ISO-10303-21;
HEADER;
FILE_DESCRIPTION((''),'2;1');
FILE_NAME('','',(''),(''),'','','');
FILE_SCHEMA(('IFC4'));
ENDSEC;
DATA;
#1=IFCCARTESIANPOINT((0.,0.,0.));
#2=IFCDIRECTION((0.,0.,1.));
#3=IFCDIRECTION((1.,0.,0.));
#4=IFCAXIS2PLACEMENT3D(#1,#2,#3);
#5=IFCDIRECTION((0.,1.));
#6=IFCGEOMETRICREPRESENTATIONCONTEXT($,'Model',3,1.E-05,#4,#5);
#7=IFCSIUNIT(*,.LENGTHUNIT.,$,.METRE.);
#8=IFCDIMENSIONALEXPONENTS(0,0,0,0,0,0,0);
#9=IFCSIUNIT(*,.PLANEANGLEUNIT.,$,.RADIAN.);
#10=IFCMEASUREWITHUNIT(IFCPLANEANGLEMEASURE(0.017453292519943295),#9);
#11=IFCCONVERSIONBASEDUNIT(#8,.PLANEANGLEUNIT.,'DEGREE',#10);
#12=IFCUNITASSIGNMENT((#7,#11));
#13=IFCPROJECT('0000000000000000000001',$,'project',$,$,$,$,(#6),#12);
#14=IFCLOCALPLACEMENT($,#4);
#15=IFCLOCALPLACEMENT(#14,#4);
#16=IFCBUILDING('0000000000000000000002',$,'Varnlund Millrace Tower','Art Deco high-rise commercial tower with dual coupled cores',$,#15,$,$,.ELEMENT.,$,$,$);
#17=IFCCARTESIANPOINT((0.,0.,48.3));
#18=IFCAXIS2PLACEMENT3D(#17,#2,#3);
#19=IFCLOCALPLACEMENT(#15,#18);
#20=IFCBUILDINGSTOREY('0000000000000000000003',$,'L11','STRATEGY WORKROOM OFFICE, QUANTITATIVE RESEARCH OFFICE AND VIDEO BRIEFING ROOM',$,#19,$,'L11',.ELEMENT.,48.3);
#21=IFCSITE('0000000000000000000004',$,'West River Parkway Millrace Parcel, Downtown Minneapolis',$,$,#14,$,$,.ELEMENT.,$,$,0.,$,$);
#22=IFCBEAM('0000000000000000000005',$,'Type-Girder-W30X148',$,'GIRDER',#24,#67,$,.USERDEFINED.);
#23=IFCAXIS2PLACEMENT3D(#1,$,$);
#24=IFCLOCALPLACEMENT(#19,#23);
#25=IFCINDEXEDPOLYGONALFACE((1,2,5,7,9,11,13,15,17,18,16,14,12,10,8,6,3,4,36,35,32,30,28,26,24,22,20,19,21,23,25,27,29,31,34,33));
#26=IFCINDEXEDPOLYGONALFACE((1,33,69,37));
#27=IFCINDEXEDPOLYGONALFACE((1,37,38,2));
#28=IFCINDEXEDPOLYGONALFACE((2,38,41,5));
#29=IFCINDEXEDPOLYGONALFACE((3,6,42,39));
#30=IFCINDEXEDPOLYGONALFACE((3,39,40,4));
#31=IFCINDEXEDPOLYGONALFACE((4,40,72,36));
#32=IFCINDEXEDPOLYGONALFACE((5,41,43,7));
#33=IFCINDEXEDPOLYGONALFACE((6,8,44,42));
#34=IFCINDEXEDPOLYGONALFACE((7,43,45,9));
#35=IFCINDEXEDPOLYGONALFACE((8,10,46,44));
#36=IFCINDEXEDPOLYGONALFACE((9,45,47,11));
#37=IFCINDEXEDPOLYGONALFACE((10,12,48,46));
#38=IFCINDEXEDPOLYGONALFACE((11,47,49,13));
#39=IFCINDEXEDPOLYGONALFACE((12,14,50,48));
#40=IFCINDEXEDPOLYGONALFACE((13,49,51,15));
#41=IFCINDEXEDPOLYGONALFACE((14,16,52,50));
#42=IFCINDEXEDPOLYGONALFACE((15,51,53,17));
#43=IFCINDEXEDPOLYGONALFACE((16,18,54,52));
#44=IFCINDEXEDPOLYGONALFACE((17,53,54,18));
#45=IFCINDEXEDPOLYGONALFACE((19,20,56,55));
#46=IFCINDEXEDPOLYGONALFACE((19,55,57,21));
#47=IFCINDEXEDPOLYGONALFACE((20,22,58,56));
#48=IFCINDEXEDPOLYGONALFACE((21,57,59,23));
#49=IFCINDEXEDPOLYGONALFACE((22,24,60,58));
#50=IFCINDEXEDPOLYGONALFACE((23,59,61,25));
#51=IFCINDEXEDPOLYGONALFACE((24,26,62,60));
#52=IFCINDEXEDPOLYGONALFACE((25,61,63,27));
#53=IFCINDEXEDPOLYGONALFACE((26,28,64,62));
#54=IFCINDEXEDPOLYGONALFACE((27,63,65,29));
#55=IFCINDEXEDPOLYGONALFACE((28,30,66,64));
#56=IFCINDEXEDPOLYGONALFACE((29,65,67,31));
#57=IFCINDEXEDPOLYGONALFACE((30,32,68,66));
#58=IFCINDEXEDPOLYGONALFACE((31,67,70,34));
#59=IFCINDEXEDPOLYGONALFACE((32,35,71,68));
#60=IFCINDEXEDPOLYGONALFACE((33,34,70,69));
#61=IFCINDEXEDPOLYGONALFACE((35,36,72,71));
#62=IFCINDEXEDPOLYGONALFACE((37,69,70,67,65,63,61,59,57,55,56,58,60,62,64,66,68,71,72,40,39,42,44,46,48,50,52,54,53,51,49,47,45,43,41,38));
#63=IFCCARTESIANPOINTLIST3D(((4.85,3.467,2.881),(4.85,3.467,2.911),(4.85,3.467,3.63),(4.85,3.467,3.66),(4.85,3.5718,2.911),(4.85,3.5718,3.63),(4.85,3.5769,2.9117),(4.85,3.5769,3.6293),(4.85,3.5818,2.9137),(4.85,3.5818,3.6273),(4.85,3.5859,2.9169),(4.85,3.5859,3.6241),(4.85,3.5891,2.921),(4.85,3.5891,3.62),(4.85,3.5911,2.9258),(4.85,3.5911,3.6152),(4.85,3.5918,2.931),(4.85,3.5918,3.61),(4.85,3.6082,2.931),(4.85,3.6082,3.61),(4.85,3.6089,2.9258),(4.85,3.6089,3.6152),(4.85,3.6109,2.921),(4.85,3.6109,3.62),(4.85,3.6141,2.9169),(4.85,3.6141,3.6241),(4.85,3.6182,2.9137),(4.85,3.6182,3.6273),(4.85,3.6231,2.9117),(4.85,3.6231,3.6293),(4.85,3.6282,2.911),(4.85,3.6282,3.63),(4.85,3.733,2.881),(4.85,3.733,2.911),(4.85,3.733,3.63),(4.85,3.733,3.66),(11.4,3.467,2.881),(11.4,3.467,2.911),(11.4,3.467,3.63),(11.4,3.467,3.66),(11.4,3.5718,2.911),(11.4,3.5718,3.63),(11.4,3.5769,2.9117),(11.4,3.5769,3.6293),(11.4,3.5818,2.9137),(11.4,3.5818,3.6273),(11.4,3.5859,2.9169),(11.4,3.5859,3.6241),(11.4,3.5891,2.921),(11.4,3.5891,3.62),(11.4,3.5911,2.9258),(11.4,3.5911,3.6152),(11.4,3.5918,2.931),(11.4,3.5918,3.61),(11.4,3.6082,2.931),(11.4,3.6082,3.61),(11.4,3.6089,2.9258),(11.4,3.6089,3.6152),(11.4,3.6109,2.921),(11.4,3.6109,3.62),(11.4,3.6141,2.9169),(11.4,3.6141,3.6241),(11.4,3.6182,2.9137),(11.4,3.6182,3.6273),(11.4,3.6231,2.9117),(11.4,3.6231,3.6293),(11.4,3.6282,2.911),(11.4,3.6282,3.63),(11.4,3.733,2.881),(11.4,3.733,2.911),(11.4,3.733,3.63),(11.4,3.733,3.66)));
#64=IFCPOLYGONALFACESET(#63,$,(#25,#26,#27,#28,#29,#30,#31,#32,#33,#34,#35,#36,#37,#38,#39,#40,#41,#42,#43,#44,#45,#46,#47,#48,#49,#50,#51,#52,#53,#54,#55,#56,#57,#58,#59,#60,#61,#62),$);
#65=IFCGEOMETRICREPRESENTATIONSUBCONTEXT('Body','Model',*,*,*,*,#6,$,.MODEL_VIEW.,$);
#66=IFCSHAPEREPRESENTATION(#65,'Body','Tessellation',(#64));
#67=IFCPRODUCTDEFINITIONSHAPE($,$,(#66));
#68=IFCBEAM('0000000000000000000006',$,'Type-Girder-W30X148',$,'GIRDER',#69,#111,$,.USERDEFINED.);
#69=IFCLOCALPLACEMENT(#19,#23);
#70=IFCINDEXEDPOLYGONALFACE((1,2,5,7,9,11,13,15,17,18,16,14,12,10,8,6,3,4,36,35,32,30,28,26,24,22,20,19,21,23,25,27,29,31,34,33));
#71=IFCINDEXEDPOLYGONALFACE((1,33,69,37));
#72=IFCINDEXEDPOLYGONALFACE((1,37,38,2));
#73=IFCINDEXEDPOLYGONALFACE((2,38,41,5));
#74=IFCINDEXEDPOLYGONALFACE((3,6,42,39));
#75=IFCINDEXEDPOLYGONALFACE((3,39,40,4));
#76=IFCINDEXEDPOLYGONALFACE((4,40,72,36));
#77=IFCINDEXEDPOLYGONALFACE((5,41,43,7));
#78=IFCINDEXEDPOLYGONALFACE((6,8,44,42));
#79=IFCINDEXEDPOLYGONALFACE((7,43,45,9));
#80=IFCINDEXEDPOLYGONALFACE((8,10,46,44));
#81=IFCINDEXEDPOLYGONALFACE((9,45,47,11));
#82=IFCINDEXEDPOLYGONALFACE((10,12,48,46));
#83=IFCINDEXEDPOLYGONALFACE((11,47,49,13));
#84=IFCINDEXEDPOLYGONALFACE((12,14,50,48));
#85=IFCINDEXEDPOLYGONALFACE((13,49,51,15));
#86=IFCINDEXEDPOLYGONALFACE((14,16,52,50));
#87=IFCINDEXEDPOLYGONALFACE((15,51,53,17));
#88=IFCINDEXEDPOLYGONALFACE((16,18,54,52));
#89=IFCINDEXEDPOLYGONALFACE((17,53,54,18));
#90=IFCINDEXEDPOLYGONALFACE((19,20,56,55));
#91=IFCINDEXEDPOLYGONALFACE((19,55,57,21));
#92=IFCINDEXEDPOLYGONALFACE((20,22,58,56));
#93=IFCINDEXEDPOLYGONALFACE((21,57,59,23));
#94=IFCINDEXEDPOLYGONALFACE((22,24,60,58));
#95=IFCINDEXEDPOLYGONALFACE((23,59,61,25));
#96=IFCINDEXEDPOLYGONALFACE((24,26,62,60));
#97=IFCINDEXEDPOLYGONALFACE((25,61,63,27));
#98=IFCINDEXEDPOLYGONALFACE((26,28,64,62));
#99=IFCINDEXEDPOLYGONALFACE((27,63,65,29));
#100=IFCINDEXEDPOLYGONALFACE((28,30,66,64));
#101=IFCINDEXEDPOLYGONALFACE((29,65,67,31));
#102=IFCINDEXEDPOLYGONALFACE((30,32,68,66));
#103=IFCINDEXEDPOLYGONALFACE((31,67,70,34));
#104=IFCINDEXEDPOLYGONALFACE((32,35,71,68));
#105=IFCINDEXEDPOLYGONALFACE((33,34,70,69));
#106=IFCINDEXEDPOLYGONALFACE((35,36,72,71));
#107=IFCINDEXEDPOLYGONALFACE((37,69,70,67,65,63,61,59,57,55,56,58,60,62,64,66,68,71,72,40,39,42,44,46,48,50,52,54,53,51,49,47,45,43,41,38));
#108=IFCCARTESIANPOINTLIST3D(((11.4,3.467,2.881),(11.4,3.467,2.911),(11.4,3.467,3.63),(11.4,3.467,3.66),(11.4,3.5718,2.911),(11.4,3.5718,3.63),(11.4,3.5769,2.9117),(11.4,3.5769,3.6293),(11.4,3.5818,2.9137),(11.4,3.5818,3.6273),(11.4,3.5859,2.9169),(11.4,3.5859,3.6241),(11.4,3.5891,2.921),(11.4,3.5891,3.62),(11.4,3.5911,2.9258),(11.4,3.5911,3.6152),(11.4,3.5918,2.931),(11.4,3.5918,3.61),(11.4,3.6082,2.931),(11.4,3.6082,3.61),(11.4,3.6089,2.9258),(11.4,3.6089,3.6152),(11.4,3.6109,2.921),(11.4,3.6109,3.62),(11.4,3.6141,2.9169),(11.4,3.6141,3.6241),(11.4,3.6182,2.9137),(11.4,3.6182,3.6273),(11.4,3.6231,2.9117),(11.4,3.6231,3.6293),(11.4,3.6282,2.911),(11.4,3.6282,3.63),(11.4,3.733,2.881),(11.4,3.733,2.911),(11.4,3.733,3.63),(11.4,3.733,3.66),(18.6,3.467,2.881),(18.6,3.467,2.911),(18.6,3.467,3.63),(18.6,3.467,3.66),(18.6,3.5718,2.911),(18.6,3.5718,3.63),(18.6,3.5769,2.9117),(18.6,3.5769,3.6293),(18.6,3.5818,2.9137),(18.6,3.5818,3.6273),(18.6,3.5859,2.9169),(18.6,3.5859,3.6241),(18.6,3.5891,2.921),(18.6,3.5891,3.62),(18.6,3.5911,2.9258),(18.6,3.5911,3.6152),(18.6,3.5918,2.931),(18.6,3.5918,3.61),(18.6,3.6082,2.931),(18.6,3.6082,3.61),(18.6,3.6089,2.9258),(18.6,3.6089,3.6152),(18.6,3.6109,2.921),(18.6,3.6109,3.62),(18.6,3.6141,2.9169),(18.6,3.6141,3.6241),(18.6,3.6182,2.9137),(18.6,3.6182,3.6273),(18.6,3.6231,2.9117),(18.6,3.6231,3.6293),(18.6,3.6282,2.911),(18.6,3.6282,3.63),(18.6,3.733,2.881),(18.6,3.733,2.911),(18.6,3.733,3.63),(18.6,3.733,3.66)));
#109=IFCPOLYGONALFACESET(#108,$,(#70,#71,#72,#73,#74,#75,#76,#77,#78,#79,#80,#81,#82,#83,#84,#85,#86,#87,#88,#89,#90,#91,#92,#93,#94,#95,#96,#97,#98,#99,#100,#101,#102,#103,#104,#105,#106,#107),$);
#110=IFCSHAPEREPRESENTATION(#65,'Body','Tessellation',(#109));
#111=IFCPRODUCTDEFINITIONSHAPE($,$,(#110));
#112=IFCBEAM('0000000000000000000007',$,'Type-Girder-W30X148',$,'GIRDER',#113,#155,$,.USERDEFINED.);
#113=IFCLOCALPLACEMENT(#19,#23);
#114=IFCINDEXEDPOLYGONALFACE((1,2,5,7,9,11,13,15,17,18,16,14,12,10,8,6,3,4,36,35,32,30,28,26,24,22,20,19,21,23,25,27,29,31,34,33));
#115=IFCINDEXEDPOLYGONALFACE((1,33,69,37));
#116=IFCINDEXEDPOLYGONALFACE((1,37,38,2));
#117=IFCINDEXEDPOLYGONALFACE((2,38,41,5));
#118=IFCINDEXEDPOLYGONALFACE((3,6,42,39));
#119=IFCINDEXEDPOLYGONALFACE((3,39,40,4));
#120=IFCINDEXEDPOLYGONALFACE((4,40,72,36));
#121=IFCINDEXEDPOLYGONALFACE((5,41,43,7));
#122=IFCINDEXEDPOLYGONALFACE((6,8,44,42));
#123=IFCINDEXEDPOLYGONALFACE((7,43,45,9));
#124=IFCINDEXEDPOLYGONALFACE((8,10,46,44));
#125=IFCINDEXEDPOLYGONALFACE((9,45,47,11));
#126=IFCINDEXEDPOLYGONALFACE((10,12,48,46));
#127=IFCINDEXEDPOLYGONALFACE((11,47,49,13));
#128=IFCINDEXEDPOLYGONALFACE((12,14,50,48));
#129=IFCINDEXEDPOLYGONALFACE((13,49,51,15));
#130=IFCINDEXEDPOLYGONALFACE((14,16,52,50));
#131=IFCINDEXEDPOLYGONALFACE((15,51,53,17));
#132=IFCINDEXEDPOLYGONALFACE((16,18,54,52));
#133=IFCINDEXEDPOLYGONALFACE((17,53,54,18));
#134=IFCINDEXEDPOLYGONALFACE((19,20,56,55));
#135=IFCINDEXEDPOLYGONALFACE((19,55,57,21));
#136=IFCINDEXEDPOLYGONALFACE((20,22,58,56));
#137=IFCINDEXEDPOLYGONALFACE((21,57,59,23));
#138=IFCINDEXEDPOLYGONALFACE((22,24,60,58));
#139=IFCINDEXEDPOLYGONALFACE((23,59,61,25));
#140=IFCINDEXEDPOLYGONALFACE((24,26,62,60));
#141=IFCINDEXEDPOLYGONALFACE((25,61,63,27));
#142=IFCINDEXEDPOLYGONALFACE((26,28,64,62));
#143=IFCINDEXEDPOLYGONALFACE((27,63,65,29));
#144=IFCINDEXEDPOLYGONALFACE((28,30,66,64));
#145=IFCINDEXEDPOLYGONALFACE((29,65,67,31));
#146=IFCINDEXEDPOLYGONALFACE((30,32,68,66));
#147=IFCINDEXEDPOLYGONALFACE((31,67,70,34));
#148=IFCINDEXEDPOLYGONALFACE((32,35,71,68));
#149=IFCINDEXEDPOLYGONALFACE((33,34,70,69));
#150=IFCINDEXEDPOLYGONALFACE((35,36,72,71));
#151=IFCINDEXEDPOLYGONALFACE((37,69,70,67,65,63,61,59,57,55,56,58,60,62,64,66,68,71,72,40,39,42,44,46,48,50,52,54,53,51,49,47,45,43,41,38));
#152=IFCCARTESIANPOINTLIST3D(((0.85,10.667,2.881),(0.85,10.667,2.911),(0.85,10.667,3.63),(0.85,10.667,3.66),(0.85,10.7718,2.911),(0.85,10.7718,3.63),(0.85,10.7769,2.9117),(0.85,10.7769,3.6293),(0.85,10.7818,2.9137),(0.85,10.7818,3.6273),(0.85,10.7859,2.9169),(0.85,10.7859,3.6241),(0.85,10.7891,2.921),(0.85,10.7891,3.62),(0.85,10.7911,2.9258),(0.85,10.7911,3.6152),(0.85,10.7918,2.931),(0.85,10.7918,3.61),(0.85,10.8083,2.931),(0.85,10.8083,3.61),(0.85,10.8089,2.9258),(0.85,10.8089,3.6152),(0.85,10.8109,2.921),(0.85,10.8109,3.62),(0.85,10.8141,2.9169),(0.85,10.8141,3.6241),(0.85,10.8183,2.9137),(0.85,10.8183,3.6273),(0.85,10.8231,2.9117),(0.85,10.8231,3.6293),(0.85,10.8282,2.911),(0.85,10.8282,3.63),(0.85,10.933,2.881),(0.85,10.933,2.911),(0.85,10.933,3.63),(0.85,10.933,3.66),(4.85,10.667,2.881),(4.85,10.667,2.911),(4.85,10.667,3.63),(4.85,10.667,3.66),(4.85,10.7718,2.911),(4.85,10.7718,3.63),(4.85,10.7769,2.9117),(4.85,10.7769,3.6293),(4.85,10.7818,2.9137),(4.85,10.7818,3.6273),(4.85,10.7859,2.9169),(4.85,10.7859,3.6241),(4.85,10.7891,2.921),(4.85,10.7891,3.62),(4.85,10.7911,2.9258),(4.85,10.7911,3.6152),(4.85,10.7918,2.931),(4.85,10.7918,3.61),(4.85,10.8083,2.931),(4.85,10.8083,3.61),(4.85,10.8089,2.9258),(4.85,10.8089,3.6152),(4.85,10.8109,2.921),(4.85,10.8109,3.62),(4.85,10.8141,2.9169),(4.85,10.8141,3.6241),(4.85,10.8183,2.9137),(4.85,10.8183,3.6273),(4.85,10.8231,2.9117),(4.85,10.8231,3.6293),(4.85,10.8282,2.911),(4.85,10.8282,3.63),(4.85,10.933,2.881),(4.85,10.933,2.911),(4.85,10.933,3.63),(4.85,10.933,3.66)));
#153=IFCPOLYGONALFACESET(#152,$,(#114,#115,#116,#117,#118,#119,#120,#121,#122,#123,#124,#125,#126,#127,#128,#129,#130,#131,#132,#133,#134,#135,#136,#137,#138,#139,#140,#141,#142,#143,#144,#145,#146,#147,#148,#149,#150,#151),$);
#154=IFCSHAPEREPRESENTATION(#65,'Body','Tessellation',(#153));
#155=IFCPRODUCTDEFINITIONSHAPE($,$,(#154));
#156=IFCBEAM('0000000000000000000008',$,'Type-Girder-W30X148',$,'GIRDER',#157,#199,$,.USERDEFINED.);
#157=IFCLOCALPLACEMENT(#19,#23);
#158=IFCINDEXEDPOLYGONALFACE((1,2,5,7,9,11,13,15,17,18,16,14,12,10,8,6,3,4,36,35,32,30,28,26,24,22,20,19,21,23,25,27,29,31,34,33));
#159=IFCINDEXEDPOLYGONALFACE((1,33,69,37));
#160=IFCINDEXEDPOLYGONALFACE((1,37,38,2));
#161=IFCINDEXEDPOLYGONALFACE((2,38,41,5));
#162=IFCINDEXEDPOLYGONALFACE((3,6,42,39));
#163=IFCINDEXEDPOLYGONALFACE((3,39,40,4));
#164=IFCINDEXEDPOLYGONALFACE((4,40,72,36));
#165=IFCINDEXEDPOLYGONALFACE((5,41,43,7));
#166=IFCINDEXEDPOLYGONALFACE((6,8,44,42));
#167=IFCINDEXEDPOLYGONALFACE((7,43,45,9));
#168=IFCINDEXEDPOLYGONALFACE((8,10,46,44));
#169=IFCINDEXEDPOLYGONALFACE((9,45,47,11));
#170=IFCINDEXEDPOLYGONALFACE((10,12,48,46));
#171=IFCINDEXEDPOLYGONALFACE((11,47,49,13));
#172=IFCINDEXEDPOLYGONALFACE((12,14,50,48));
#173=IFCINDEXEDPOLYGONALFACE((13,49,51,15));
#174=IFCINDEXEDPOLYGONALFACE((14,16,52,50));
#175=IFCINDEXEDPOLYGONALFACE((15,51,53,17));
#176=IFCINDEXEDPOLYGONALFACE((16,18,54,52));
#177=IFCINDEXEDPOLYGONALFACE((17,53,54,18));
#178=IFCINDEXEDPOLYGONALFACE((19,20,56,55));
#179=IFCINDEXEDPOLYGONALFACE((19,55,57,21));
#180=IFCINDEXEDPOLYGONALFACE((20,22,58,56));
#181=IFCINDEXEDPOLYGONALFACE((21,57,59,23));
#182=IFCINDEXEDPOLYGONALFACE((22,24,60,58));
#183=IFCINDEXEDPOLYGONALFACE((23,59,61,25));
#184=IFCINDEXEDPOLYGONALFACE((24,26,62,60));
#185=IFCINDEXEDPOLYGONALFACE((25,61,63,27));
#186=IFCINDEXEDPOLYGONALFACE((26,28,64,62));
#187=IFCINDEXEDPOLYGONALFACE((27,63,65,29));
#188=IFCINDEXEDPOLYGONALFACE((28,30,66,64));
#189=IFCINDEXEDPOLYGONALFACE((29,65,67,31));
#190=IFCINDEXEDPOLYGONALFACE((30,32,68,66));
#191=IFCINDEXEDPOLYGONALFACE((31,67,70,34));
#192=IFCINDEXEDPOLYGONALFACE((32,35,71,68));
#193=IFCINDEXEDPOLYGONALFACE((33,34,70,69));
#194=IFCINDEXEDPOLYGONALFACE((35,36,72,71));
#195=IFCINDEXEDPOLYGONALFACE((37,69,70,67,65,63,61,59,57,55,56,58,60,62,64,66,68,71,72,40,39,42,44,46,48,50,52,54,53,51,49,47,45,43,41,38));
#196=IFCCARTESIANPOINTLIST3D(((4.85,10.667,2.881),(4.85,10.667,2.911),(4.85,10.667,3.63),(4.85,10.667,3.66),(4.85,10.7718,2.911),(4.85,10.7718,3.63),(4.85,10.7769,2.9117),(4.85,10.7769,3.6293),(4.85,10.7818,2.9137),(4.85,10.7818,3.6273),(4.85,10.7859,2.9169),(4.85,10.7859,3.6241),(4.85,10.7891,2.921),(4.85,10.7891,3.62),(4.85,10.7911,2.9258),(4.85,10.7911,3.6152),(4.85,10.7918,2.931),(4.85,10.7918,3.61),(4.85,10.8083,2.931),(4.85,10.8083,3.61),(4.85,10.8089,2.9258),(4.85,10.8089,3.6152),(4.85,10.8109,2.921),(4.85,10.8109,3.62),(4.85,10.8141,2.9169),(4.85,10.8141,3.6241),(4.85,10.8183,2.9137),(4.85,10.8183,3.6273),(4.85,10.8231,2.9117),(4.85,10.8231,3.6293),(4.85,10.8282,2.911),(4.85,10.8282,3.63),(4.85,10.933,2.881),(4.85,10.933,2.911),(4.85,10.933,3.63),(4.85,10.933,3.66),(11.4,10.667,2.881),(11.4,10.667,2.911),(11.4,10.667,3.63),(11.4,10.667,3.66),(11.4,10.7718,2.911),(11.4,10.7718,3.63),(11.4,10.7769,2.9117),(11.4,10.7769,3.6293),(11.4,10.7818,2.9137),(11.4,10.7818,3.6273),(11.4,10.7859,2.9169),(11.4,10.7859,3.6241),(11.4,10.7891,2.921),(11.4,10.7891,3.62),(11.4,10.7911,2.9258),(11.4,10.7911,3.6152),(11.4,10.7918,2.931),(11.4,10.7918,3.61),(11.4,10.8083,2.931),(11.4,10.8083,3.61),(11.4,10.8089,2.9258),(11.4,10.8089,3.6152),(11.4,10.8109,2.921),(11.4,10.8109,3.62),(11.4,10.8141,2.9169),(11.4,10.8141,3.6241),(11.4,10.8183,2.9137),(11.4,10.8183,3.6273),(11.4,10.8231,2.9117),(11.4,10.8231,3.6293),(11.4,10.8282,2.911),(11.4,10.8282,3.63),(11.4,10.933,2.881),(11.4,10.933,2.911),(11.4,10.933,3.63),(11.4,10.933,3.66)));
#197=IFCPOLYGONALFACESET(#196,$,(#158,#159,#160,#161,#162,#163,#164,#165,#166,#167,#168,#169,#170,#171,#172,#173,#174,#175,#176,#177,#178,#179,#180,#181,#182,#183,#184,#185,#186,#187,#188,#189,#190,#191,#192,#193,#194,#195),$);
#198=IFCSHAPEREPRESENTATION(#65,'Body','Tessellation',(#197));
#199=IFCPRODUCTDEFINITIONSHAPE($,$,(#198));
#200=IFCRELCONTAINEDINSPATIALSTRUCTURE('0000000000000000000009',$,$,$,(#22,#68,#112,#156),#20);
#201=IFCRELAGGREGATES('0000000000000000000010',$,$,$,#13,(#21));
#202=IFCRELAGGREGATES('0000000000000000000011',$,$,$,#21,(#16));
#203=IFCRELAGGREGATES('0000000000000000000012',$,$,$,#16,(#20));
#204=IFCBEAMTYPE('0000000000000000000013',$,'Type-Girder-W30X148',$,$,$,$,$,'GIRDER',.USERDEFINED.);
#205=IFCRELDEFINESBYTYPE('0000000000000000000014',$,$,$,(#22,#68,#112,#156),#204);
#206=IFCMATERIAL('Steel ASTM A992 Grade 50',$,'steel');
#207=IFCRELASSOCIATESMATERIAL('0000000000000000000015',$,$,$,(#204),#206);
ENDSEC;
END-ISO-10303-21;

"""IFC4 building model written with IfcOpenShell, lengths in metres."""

from ifc_helpers import new_model, entity, si_unit, converted_unit, direction, frame, origin_with_axes, origin_2d_with_axis, place, context, subcontext, project, spatial, i_section, extrude, material, material_profile, profile_set, type_object, element, save


model = new_model("IFC4")

# Units and contexts
model_context = context("Model", 3, precision=1e-05, world=origin_with_axes(), true_north=direction((0.0, 1.0)))
body_context = subcontext(model_context, "Body", "Model", "MODEL_VIEW")
ifc_project = project(units=[si_unit("LENGTHUNIT", "METRE"), converted_unit("PLANEANGLEUNIT", "DEGREE", entity("IfcPlaneAngleMeasure", 0.017453292519943295), si_unit("PLANEANGLEUNIT", "RADIAN"), dimensions=[0, 0, 0, 0, 0, 0, 0])], contexts=[model_context])

# Site, building, storey
site_placement = place(None, origin_with_axes())
site = spatial("IfcSite", under=ifc_project, at=site_placement, Name="West River Parkway Millrace Parcel, Downtown Minneapolis", CompositionType="ELEMENT", RefElevation=0.0)
building_placement = place(site_placement, origin_with_axes())
building = spatial("IfcBuilding", under=site, at=building_placement, Name="Varnlund Millrace Tower", Description="Art Deco high-rise commercial tower with dual coupled cores", CompositionType="ELEMENT")
storey_placement = place(building_placement, frame((0.0, 0.0, 48.3), z_axis=(0.0, 0.0, 1.0), x_axis=(1.0, 0.0, 0.0)))
storey = spatial("IfcBuildingStorey", under=building, at=storey_placement, Name="L11", Description="STRATEGY WORKROOM OFFICE, QUANTITATIVE RESEARCH OFFICE AND VIDEO BRIEFING ROOM", LongName="L11", CompositionType="ELEMENT", Elevation=48.3)

# Beams
ifc_material_1 = material(Name="Steel ASTM A992 Grade 50", Category="steel")
ifc_material_profile_1 = material_profile(ifc_material_1, i_section(OverallWidth=0.266, OverallDepth=0.779, WebThickness=0.0165, FlangeThickness=0.03, FilletRadius=0.02, at=origin_2d_with_axis()), Name="Steel ASTM A992 Grade 50")
ifc_profile_set_1 = profile_set([ifc_material_profile_1], Name="Steel ASTM A992 Grade 50")
beam_type_1 = type_object("IfcBeamType", Name="Type-Girder-W30X148", ElementType="GIRDER", PredefinedType="USERDEFINED", material=ifc_profile_set_1)
beam_1_placement = place(storey_placement, frame((4.85, 3.6, 3.2705), z_axis=(1.0, 0.0, 0.0), x_axis=(0.0, 1.0, 0.0)))
element("IfcBeam", 1, at=beam_1_placement, inside=storey, type_object=beam_type_1, Name="Type-Girder-W30X148", ObjectType="GIRDER", PredefinedType="USERDEFINED", context=body_context, shape_type="SweptSolid", body=[
    extrude(i_section(OverallWidth=0.266, OverallDepth=0.779, WebThickness=0.0165, FlangeThickness=0.03, FilletRadius=0.02, at=origin_2d_with_axis()), origin_with_axes(), (0.0, 0.0, 1.0), 6.55),
])
beam_2_placement = place(storey_placement, frame((11.4, 3.6, 3.2705), z_axis=(1.0, 0.0, 0.0), x_axis=(0.0, 1.0, 0.0)))
element("IfcBeam", 2, at=beam_2_placement, inside=storey, type_object=beam_type_1, Name="Type-Girder-W30X148", ObjectType="GIRDER", PredefinedType="USERDEFINED", context=body_context, shape_type="SweptSolid", body=[
    extrude(i_section(OverallWidth=0.266, OverallDepth=0.779, WebThickness=0.0165, FlangeThickness=0.03, FilletRadius=0.02, at=origin_2d_with_axis()), origin_with_axes(), (0.0, 0.0, 1.0), 7.2),
])
beam_3_placement = place(storey_placement, frame((0.85, 10.8, 3.2705), z_axis=(1.0, 0.0, 0.0), x_axis=(0.0, 1.0, 0.0)))
element("IfcBeam", 3, at=beam_3_placement, inside=storey, type_object=beam_type_1, Name="Type-Girder-W30X148", ObjectType="GIRDER", PredefinedType="USERDEFINED", context=body_context, shape_type="SweptSolid", body=[
    extrude(i_section(OverallWidth=0.266, OverallDepth=0.779, WebThickness=0.0165, FlangeThickness=0.03, FilletRadius=0.02, at=origin_2d_with_axis()), origin_with_axes(), (0.0, 0.0, 1.0), 4.0),
])
beam_4_placement = place(storey_placement, frame((4.85, 10.8, 3.2705), z_axis=(1.0, 0.0, 0.0), x_axis=(0.0, 1.0, 0.0)))
element("IfcBeam", 4, at=beam_4_placement, inside=storey, type_object=beam_type_1, Name="Type-Girder-W30X148", ObjectType="GIRDER", PredefinedType="USERDEFINED", context=body_context, shape_type="SweptSolid", body=[
    extrude(i_section(OverallWidth=0.266, OverallDepth=0.779, WebThickness=0.0165, FlangeThickness=0.03, FilletRadius=0.02, at=origin_2d_with_axis()), origin_with_axes(), (0.0, 0.0, 1.0), 6.55),
])

save(model, "model.ifc")
